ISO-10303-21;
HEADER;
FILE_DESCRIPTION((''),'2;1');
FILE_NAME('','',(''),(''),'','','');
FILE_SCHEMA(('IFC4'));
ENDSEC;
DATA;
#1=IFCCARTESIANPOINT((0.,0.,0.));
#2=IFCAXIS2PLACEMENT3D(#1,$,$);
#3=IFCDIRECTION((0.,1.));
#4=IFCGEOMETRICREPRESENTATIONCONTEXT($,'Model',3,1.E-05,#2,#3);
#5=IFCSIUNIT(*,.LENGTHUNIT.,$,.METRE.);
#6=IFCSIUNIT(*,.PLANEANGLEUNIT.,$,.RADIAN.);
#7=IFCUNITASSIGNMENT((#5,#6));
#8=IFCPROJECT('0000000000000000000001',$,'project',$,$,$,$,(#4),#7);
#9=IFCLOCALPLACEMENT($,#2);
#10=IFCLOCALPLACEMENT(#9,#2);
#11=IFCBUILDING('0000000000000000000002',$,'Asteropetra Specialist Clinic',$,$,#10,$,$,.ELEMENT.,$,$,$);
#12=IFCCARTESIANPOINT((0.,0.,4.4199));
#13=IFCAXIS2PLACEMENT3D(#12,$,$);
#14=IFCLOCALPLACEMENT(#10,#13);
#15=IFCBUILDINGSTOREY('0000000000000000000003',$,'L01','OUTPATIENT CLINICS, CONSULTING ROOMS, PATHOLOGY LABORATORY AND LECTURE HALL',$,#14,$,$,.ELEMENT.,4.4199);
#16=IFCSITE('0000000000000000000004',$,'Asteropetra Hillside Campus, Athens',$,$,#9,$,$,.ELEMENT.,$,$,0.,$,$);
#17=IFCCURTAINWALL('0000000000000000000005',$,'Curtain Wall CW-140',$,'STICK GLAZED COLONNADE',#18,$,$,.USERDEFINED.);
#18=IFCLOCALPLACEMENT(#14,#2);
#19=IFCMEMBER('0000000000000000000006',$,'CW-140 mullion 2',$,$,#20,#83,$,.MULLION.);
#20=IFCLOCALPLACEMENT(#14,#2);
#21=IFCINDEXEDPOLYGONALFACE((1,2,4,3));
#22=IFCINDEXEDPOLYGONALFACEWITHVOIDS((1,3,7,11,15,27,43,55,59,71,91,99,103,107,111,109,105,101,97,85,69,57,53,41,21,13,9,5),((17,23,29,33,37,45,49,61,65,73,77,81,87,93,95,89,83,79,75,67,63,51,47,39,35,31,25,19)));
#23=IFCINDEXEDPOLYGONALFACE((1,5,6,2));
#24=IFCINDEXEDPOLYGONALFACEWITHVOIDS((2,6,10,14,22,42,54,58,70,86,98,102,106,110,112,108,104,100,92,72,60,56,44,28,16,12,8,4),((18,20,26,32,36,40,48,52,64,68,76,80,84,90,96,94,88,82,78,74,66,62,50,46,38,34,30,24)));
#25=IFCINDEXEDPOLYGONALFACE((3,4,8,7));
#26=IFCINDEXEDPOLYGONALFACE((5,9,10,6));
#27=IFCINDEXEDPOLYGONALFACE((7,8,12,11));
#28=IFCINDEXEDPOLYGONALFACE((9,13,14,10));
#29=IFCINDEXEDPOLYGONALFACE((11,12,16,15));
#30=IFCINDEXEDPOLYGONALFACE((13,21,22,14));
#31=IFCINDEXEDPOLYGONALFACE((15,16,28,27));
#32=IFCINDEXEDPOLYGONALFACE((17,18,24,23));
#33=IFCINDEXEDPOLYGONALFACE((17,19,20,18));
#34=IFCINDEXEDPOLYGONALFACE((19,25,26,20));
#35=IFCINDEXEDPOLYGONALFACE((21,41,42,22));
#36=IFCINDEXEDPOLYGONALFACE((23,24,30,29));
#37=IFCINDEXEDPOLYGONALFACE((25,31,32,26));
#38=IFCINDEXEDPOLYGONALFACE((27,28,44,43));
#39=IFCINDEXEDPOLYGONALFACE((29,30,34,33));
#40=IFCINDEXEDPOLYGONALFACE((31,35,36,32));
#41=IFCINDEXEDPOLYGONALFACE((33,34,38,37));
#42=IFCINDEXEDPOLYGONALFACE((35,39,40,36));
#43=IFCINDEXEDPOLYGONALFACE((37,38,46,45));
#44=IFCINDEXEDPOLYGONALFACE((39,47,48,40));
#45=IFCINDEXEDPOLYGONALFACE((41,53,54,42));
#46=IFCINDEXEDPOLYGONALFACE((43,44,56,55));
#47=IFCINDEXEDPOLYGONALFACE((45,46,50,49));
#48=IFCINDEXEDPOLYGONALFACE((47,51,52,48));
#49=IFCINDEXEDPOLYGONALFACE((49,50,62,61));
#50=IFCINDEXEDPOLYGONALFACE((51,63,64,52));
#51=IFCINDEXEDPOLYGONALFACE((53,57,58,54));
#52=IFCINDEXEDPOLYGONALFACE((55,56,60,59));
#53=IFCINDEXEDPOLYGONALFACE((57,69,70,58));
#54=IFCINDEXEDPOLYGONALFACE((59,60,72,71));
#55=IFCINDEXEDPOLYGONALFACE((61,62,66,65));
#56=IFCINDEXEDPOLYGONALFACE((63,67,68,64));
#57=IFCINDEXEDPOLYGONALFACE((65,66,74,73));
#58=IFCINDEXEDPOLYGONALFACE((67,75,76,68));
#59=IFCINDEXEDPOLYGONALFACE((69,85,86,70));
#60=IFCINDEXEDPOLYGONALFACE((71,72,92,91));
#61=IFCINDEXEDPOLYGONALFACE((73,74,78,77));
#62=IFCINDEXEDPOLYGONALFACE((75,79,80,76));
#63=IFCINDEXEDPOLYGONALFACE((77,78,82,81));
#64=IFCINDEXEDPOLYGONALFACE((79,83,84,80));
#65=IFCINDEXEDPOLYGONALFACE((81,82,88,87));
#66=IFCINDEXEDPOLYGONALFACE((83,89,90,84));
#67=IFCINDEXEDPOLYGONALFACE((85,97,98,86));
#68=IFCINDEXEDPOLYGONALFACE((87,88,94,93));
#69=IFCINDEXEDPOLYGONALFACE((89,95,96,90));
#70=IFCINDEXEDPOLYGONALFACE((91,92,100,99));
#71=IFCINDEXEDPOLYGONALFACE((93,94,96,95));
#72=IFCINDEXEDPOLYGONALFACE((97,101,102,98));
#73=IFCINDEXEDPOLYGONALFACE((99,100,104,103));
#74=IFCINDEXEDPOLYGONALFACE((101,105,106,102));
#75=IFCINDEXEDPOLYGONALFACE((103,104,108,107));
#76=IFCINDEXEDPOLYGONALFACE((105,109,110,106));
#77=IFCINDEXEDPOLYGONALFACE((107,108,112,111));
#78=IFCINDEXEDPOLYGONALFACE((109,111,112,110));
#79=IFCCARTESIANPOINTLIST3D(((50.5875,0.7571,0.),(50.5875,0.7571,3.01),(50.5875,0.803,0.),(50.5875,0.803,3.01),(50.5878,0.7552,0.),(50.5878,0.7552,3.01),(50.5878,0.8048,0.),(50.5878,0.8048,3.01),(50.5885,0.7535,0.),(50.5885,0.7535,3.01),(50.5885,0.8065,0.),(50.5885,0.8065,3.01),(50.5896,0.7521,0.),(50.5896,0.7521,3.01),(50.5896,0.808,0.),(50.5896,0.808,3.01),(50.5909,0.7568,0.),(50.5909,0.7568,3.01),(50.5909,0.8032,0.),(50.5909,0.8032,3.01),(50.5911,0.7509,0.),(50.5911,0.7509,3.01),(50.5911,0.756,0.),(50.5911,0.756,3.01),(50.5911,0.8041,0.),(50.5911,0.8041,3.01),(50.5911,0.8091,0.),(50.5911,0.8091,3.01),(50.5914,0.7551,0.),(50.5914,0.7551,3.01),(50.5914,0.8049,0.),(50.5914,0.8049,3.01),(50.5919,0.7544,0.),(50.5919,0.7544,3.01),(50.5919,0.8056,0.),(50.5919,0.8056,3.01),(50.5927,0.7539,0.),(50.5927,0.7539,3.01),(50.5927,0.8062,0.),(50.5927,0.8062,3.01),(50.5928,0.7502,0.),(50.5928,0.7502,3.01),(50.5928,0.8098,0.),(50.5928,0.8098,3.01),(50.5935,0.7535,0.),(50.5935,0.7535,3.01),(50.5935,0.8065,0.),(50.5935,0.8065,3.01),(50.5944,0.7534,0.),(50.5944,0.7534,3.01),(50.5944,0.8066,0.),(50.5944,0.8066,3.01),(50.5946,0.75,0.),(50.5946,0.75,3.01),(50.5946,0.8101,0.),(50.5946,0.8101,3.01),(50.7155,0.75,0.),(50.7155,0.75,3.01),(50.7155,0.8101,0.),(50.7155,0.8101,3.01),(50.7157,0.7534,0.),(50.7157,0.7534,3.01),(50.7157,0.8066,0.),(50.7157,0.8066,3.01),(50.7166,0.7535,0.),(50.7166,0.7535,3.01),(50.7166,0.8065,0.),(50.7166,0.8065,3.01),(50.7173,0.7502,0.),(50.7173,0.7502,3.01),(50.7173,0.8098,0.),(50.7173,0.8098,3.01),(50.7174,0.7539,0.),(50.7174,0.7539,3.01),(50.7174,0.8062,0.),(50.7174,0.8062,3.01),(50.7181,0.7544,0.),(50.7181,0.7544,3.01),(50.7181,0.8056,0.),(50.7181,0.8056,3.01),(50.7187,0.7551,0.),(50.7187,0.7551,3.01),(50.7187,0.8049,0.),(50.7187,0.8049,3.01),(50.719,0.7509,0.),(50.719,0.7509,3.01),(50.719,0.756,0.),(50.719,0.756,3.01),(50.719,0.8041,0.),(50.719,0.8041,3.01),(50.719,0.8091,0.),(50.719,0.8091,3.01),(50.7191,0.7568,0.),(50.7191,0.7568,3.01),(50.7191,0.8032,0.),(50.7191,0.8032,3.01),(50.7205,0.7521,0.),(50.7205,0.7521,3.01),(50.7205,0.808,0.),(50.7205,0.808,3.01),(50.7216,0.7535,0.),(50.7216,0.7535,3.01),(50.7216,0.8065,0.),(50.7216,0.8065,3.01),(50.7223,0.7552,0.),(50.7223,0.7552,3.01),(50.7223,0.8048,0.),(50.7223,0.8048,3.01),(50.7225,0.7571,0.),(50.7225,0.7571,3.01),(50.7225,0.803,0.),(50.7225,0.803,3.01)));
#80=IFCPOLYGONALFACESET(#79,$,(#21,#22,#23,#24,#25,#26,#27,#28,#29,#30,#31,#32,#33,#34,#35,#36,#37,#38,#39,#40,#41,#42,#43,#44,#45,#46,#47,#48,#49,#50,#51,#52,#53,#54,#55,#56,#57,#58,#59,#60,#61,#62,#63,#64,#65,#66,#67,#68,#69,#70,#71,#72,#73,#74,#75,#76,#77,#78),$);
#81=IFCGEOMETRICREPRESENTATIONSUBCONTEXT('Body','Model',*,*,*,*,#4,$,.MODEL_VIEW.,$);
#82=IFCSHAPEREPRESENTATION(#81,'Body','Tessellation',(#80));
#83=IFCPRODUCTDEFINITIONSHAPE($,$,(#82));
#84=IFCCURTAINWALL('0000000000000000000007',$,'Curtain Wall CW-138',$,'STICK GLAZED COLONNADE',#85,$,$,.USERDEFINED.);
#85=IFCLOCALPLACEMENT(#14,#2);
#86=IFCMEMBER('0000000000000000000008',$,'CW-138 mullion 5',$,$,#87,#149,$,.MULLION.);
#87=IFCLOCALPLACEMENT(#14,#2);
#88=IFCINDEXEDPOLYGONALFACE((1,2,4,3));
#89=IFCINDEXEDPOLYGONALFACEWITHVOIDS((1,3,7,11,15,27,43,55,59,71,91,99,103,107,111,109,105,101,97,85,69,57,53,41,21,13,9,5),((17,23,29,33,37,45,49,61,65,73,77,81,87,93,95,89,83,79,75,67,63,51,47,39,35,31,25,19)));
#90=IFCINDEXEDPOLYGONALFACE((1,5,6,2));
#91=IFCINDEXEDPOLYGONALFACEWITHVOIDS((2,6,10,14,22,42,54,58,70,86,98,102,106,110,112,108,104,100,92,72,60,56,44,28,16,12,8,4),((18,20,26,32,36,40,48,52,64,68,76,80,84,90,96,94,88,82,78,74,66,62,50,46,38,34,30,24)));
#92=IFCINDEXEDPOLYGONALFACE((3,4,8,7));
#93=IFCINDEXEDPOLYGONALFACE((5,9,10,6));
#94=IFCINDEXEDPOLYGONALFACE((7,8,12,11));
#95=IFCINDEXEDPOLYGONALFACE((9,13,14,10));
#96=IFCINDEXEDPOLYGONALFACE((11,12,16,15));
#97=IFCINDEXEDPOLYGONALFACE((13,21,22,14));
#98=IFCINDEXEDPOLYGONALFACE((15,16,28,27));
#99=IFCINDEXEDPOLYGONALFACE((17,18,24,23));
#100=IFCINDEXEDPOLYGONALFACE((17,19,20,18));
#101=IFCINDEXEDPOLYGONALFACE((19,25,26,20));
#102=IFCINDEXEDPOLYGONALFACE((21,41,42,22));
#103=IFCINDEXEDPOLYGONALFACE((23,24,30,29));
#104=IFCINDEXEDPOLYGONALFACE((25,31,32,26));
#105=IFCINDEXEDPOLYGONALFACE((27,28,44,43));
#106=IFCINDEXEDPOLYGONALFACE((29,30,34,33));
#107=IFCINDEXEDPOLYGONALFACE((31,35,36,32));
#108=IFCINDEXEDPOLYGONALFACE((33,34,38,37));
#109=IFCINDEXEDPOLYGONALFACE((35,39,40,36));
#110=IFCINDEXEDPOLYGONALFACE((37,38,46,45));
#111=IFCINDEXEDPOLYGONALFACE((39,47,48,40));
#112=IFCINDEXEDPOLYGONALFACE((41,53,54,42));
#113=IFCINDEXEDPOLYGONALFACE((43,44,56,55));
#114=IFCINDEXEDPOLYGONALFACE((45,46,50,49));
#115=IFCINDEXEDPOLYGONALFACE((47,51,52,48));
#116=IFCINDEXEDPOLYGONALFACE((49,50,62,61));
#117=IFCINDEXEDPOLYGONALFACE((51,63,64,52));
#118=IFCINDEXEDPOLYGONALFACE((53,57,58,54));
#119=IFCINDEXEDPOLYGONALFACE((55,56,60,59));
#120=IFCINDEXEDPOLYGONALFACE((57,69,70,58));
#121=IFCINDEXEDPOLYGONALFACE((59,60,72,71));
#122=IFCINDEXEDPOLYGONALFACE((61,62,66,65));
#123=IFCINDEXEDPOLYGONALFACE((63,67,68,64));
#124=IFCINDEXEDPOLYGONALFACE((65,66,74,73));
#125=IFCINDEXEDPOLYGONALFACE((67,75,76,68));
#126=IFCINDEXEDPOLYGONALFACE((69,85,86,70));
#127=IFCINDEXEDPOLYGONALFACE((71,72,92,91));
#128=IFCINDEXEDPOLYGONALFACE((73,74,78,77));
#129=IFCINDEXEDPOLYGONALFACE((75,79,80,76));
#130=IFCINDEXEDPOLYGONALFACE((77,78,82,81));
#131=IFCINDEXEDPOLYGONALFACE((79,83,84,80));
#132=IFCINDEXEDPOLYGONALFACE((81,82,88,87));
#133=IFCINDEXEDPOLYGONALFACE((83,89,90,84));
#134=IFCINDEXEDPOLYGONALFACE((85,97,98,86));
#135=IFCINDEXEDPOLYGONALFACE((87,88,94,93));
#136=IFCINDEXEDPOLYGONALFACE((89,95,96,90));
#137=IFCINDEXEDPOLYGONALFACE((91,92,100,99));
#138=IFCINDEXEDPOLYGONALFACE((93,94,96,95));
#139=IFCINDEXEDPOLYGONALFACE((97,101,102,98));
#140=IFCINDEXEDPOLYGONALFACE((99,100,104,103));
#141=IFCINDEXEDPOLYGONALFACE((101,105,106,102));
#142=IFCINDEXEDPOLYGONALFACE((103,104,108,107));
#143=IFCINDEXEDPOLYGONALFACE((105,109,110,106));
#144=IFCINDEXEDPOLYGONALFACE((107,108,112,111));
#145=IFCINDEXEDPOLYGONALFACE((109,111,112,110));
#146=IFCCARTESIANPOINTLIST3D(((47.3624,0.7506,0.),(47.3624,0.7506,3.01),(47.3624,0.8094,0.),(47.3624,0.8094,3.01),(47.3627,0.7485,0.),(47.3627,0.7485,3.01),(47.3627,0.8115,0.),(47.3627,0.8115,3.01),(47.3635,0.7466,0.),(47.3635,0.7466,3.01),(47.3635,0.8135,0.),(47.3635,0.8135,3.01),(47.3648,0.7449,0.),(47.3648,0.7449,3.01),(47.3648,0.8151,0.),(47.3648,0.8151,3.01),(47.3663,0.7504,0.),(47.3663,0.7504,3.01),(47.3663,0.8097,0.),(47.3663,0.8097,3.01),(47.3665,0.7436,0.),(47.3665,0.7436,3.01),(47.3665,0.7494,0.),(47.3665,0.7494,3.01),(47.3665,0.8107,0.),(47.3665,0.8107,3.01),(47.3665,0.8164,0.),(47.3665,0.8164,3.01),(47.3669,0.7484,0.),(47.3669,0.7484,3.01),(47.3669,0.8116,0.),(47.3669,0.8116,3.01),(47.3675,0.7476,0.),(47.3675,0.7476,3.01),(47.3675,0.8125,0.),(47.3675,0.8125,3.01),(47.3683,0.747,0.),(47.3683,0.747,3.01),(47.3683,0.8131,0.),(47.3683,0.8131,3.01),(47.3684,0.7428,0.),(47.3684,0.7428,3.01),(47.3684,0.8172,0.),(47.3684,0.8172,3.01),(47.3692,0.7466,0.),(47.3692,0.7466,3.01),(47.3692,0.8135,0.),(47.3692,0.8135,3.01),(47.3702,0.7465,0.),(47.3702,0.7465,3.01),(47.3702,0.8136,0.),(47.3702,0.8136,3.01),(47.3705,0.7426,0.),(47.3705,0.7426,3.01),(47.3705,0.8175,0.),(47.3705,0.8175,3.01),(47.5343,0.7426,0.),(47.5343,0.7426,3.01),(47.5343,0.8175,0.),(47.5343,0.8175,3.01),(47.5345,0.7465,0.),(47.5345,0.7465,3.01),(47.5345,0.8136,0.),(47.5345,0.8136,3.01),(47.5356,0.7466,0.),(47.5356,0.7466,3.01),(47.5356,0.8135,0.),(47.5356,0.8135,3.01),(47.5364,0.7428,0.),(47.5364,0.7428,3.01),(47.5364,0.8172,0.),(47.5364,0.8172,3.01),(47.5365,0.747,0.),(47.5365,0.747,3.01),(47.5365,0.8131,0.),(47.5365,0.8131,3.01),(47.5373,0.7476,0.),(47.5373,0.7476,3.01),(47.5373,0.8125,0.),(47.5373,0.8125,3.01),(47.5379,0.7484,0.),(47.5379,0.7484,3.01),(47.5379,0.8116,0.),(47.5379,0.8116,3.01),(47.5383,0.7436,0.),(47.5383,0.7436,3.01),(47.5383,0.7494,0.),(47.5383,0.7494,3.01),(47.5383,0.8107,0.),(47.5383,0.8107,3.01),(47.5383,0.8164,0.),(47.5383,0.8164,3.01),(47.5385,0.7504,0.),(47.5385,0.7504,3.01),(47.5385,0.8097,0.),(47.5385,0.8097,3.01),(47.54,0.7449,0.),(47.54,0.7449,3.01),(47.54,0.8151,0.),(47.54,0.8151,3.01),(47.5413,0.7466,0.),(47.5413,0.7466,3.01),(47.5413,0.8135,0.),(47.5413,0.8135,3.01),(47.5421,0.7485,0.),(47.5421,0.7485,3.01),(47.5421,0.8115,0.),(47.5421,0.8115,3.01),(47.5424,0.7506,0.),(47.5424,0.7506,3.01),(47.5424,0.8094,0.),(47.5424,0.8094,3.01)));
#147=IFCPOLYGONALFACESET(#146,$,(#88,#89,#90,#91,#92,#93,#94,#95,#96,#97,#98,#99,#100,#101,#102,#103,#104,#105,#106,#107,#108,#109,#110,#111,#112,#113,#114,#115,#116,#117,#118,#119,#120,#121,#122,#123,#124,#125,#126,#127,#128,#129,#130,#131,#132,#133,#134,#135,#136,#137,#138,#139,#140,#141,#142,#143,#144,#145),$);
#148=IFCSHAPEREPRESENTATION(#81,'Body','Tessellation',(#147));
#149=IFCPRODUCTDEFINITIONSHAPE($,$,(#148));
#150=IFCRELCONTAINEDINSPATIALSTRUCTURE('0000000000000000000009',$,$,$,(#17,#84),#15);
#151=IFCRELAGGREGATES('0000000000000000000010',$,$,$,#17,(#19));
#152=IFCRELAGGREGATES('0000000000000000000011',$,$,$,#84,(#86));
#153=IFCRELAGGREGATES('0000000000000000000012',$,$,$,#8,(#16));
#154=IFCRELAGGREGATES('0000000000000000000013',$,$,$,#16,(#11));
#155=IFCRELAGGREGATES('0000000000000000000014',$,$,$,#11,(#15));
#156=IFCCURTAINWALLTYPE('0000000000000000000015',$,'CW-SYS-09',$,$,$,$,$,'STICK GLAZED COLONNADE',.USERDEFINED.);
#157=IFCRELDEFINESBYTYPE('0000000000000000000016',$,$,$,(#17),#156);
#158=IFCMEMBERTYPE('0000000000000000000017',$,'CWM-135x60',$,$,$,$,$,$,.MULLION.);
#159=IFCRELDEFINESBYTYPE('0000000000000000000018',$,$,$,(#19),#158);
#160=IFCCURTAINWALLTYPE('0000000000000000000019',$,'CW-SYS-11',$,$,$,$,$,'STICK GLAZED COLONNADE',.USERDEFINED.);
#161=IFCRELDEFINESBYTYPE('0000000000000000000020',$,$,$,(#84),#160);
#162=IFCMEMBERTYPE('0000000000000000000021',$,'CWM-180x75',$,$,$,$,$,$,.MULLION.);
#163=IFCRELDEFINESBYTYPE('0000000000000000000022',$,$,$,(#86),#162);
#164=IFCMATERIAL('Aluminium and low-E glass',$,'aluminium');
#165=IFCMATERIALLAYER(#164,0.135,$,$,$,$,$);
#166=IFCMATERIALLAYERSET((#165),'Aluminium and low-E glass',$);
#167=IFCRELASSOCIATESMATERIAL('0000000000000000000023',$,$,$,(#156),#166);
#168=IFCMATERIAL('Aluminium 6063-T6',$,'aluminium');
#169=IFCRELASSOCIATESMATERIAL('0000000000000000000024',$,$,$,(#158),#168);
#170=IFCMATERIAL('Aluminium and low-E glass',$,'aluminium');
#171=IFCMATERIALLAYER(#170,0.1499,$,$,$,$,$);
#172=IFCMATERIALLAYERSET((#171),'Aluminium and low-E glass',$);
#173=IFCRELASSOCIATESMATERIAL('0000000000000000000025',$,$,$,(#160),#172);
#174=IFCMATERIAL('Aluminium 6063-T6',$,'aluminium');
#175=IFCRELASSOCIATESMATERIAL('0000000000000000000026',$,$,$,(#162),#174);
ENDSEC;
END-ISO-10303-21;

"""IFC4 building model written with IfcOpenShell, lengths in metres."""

from ifc_helpers import new_model, si_unit, direction, frame, origin, origin_2d, place, context, subcontext, project, spatial, hollow_rectangle, extrude, material, layer, layer_set, material_profile, profile_set, type_object, element, aggregate, save


model = new_model("IFC4")

# Units and contexts
model_context = context("Model", 3, precision=1e-05, world=origin(), true_north=direction((0.0, 1.0)))
body_context = subcontext(model_context, "Body", "Model", "MODEL_VIEW")
ifc_project = project(units=[si_unit("LENGTHUNIT", "METRE"), si_unit("PLANEANGLEUNIT", "RADIAN")], contexts=[model_context])

# Site, building, storey
site_placement = place(None, origin())
site = spatial("IfcSite", under=ifc_project, at=site_placement, Name="Asteropetra Hillside Campus, Athens", CompositionType="ELEMENT", RefElevation=0.0)
building_placement = place(site_placement, origin())
building = spatial("IfcBuilding", under=site, at=building_placement, Name="Asteropetra Specialist Clinic", CompositionType="ELEMENT")
storey_placement = place(building_placement, frame((0.0, 0.0, 4.4199)))
storey = spatial("IfcBuildingStorey", under=building, at=storey_placement, Name="L01", Description="OUTPATIENT CLINICS, CONSULTING ROOMS, PATHOLOGY LABORATORY AND LECTURE HALL", CompositionType="ELEMENT", Elevation=4.4199)

# Curtain wall, member
ifc_material_1 = material(Name="Aluminium and low-E glass", Category="aluminium")
ifc_layer_1 = layer(ifc_material_1, 0.135)
ifc_layer_set_1 = layer_set([ifc_layer_1], Name="Aluminium and low-E glass")
curtain_wall_type_1 = type_object("IfcCurtainWallType", Name="CW-SYS-09", ElementType="STICK GLAZED COLONNADE", PredefinedType="USERDEFINED", material=ifc_layer_set_1)
curtain_wall_1_placement = place(storey_placement, origin())
curtain_wall_1 = element("IfcCurtainWall", 1, at=curtain_wall_1_placement, inside=storey, type_object=curtain_wall_type_1, Name="Curtain Wall CW-140", ObjectType="STICK GLAZED COLONNADE", PredefinedType="USERDEFINED")
ifc_material_2 = material(Name="Aluminium 6063-T6", Category="aluminium")
ifc_material_profile_1 = material_profile(ifc_material_2, hollow_rectangle(XDim=0.0601, YDim=0.135, WallThickness=0.0034, InnerFilletRadius=0.0034, OuterFilletRadius=0.0071, at=origin_2d()), Name="MUL 135x60x3.5")
ifc_profile_set_1 = profile_set([ifc_material_profile_1], Name="Aluminium 6063-T6")
member_type_1 = type_object("IfcMemberType", Name="CWM-135x60", PredefinedType="MULLION", material=ifc_profile_set_1)
member_1_placement = place(storey_placement, frame((50.655, 0.78, 0.0), z_axis=(0.0, 0.0, 1.0), x_axis=(0.0, 1.0, 0.0)))
member_1 = element("IfcMember", 2, at=member_1_placement, type_object=member_type_1, Name="CW-140 mullion 2", PredefinedType="MULLION", context=body_context, shape_type="SweptSolid", body=[
    extrude(hollow_rectangle(XDim=0.0601, YDim=0.135, WallThickness=0.0034, InnerFilletRadius=0.0034, OuterFilletRadius=0.0071, at=origin_2d()), origin(), (0.0, 0.0, 1.0), 3.01),
])

# Curtain wall, member
ifc_material_3 = material(Name="Aluminium and low-E glass", Category="aluminium")
ifc_layer_2 = layer(ifc_material_3, 0.1499)
ifc_layer_set_2 = layer_set([ifc_layer_2], Name="Aluminium and low-E glass")
curtain_wall_type_2 = type_object("IfcCurtainWallType", Name="CW-SYS-11", ElementType="STICK GLAZED COLONNADE", PredefinedType="USERDEFINED", material=ifc_layer_set_2)
curtain_wall_2_placement = place(storey_placement, origin())
curtain_wall_2 = element("IfcCurtainWall", 3, at=curtain_wall_2_placement, inside=storey, type_object=curtain_wall_type_2, Name="Curtain Wall CW-138", ObjectType="STICK GLAZED COLONNADE", PredefinedType="USERDEFINED")
ifc_material_4 = material(Name="Aluminium 6063-T6", Category="aluminium")
ifc_material_profile_2 = material_profile(ifc_material_4, hollow_rectangle(XDim=0.075, YDim=0.1799, WallThickness=0.0039, InnerFilletRadius=0.0039, OuterFilletRadius=0.0081, at=origin_2d()), Name="MUL 180x75x4.0")
ifc_profile_set_2 = profile_set([ifc_material_profile_2], Name="Aluminium 6063-T6")
member_type_2 = type_object("IfcMemberType", Name="CWM-180x75", PredefinedType="MULLION", material=ifc_profile_set_2)
member_2_placement = place(storey_placement, frame((47.4524, 0.78, 0.0), z_axis=(0.0, 0.0, 1.0), x_axis=(0.0, 1.0, 0.0)))
member_2 = element("IfcMember", 4, at=member_2_placement, type_object=member_type_2, Name="CW-138 mullion 5", PredefinedType="MULLION", context=body_context, shape_type="SweptSolid", body=[
    extrude(hollow_rectangle(XDim=0.075, YDim=0.1799, WallThickness=0.0039, InnerFilletRadius=0.0039, OuterFilletRadius=0.0081, at=origin_2d()), origin(), (0.0, 0.0, 1.0), 3.01),
])

aggregate(curtain_wall_1, [member_1])
aggregate(curtain_wall_2, [member_2])

save(model, "model.ifc")
